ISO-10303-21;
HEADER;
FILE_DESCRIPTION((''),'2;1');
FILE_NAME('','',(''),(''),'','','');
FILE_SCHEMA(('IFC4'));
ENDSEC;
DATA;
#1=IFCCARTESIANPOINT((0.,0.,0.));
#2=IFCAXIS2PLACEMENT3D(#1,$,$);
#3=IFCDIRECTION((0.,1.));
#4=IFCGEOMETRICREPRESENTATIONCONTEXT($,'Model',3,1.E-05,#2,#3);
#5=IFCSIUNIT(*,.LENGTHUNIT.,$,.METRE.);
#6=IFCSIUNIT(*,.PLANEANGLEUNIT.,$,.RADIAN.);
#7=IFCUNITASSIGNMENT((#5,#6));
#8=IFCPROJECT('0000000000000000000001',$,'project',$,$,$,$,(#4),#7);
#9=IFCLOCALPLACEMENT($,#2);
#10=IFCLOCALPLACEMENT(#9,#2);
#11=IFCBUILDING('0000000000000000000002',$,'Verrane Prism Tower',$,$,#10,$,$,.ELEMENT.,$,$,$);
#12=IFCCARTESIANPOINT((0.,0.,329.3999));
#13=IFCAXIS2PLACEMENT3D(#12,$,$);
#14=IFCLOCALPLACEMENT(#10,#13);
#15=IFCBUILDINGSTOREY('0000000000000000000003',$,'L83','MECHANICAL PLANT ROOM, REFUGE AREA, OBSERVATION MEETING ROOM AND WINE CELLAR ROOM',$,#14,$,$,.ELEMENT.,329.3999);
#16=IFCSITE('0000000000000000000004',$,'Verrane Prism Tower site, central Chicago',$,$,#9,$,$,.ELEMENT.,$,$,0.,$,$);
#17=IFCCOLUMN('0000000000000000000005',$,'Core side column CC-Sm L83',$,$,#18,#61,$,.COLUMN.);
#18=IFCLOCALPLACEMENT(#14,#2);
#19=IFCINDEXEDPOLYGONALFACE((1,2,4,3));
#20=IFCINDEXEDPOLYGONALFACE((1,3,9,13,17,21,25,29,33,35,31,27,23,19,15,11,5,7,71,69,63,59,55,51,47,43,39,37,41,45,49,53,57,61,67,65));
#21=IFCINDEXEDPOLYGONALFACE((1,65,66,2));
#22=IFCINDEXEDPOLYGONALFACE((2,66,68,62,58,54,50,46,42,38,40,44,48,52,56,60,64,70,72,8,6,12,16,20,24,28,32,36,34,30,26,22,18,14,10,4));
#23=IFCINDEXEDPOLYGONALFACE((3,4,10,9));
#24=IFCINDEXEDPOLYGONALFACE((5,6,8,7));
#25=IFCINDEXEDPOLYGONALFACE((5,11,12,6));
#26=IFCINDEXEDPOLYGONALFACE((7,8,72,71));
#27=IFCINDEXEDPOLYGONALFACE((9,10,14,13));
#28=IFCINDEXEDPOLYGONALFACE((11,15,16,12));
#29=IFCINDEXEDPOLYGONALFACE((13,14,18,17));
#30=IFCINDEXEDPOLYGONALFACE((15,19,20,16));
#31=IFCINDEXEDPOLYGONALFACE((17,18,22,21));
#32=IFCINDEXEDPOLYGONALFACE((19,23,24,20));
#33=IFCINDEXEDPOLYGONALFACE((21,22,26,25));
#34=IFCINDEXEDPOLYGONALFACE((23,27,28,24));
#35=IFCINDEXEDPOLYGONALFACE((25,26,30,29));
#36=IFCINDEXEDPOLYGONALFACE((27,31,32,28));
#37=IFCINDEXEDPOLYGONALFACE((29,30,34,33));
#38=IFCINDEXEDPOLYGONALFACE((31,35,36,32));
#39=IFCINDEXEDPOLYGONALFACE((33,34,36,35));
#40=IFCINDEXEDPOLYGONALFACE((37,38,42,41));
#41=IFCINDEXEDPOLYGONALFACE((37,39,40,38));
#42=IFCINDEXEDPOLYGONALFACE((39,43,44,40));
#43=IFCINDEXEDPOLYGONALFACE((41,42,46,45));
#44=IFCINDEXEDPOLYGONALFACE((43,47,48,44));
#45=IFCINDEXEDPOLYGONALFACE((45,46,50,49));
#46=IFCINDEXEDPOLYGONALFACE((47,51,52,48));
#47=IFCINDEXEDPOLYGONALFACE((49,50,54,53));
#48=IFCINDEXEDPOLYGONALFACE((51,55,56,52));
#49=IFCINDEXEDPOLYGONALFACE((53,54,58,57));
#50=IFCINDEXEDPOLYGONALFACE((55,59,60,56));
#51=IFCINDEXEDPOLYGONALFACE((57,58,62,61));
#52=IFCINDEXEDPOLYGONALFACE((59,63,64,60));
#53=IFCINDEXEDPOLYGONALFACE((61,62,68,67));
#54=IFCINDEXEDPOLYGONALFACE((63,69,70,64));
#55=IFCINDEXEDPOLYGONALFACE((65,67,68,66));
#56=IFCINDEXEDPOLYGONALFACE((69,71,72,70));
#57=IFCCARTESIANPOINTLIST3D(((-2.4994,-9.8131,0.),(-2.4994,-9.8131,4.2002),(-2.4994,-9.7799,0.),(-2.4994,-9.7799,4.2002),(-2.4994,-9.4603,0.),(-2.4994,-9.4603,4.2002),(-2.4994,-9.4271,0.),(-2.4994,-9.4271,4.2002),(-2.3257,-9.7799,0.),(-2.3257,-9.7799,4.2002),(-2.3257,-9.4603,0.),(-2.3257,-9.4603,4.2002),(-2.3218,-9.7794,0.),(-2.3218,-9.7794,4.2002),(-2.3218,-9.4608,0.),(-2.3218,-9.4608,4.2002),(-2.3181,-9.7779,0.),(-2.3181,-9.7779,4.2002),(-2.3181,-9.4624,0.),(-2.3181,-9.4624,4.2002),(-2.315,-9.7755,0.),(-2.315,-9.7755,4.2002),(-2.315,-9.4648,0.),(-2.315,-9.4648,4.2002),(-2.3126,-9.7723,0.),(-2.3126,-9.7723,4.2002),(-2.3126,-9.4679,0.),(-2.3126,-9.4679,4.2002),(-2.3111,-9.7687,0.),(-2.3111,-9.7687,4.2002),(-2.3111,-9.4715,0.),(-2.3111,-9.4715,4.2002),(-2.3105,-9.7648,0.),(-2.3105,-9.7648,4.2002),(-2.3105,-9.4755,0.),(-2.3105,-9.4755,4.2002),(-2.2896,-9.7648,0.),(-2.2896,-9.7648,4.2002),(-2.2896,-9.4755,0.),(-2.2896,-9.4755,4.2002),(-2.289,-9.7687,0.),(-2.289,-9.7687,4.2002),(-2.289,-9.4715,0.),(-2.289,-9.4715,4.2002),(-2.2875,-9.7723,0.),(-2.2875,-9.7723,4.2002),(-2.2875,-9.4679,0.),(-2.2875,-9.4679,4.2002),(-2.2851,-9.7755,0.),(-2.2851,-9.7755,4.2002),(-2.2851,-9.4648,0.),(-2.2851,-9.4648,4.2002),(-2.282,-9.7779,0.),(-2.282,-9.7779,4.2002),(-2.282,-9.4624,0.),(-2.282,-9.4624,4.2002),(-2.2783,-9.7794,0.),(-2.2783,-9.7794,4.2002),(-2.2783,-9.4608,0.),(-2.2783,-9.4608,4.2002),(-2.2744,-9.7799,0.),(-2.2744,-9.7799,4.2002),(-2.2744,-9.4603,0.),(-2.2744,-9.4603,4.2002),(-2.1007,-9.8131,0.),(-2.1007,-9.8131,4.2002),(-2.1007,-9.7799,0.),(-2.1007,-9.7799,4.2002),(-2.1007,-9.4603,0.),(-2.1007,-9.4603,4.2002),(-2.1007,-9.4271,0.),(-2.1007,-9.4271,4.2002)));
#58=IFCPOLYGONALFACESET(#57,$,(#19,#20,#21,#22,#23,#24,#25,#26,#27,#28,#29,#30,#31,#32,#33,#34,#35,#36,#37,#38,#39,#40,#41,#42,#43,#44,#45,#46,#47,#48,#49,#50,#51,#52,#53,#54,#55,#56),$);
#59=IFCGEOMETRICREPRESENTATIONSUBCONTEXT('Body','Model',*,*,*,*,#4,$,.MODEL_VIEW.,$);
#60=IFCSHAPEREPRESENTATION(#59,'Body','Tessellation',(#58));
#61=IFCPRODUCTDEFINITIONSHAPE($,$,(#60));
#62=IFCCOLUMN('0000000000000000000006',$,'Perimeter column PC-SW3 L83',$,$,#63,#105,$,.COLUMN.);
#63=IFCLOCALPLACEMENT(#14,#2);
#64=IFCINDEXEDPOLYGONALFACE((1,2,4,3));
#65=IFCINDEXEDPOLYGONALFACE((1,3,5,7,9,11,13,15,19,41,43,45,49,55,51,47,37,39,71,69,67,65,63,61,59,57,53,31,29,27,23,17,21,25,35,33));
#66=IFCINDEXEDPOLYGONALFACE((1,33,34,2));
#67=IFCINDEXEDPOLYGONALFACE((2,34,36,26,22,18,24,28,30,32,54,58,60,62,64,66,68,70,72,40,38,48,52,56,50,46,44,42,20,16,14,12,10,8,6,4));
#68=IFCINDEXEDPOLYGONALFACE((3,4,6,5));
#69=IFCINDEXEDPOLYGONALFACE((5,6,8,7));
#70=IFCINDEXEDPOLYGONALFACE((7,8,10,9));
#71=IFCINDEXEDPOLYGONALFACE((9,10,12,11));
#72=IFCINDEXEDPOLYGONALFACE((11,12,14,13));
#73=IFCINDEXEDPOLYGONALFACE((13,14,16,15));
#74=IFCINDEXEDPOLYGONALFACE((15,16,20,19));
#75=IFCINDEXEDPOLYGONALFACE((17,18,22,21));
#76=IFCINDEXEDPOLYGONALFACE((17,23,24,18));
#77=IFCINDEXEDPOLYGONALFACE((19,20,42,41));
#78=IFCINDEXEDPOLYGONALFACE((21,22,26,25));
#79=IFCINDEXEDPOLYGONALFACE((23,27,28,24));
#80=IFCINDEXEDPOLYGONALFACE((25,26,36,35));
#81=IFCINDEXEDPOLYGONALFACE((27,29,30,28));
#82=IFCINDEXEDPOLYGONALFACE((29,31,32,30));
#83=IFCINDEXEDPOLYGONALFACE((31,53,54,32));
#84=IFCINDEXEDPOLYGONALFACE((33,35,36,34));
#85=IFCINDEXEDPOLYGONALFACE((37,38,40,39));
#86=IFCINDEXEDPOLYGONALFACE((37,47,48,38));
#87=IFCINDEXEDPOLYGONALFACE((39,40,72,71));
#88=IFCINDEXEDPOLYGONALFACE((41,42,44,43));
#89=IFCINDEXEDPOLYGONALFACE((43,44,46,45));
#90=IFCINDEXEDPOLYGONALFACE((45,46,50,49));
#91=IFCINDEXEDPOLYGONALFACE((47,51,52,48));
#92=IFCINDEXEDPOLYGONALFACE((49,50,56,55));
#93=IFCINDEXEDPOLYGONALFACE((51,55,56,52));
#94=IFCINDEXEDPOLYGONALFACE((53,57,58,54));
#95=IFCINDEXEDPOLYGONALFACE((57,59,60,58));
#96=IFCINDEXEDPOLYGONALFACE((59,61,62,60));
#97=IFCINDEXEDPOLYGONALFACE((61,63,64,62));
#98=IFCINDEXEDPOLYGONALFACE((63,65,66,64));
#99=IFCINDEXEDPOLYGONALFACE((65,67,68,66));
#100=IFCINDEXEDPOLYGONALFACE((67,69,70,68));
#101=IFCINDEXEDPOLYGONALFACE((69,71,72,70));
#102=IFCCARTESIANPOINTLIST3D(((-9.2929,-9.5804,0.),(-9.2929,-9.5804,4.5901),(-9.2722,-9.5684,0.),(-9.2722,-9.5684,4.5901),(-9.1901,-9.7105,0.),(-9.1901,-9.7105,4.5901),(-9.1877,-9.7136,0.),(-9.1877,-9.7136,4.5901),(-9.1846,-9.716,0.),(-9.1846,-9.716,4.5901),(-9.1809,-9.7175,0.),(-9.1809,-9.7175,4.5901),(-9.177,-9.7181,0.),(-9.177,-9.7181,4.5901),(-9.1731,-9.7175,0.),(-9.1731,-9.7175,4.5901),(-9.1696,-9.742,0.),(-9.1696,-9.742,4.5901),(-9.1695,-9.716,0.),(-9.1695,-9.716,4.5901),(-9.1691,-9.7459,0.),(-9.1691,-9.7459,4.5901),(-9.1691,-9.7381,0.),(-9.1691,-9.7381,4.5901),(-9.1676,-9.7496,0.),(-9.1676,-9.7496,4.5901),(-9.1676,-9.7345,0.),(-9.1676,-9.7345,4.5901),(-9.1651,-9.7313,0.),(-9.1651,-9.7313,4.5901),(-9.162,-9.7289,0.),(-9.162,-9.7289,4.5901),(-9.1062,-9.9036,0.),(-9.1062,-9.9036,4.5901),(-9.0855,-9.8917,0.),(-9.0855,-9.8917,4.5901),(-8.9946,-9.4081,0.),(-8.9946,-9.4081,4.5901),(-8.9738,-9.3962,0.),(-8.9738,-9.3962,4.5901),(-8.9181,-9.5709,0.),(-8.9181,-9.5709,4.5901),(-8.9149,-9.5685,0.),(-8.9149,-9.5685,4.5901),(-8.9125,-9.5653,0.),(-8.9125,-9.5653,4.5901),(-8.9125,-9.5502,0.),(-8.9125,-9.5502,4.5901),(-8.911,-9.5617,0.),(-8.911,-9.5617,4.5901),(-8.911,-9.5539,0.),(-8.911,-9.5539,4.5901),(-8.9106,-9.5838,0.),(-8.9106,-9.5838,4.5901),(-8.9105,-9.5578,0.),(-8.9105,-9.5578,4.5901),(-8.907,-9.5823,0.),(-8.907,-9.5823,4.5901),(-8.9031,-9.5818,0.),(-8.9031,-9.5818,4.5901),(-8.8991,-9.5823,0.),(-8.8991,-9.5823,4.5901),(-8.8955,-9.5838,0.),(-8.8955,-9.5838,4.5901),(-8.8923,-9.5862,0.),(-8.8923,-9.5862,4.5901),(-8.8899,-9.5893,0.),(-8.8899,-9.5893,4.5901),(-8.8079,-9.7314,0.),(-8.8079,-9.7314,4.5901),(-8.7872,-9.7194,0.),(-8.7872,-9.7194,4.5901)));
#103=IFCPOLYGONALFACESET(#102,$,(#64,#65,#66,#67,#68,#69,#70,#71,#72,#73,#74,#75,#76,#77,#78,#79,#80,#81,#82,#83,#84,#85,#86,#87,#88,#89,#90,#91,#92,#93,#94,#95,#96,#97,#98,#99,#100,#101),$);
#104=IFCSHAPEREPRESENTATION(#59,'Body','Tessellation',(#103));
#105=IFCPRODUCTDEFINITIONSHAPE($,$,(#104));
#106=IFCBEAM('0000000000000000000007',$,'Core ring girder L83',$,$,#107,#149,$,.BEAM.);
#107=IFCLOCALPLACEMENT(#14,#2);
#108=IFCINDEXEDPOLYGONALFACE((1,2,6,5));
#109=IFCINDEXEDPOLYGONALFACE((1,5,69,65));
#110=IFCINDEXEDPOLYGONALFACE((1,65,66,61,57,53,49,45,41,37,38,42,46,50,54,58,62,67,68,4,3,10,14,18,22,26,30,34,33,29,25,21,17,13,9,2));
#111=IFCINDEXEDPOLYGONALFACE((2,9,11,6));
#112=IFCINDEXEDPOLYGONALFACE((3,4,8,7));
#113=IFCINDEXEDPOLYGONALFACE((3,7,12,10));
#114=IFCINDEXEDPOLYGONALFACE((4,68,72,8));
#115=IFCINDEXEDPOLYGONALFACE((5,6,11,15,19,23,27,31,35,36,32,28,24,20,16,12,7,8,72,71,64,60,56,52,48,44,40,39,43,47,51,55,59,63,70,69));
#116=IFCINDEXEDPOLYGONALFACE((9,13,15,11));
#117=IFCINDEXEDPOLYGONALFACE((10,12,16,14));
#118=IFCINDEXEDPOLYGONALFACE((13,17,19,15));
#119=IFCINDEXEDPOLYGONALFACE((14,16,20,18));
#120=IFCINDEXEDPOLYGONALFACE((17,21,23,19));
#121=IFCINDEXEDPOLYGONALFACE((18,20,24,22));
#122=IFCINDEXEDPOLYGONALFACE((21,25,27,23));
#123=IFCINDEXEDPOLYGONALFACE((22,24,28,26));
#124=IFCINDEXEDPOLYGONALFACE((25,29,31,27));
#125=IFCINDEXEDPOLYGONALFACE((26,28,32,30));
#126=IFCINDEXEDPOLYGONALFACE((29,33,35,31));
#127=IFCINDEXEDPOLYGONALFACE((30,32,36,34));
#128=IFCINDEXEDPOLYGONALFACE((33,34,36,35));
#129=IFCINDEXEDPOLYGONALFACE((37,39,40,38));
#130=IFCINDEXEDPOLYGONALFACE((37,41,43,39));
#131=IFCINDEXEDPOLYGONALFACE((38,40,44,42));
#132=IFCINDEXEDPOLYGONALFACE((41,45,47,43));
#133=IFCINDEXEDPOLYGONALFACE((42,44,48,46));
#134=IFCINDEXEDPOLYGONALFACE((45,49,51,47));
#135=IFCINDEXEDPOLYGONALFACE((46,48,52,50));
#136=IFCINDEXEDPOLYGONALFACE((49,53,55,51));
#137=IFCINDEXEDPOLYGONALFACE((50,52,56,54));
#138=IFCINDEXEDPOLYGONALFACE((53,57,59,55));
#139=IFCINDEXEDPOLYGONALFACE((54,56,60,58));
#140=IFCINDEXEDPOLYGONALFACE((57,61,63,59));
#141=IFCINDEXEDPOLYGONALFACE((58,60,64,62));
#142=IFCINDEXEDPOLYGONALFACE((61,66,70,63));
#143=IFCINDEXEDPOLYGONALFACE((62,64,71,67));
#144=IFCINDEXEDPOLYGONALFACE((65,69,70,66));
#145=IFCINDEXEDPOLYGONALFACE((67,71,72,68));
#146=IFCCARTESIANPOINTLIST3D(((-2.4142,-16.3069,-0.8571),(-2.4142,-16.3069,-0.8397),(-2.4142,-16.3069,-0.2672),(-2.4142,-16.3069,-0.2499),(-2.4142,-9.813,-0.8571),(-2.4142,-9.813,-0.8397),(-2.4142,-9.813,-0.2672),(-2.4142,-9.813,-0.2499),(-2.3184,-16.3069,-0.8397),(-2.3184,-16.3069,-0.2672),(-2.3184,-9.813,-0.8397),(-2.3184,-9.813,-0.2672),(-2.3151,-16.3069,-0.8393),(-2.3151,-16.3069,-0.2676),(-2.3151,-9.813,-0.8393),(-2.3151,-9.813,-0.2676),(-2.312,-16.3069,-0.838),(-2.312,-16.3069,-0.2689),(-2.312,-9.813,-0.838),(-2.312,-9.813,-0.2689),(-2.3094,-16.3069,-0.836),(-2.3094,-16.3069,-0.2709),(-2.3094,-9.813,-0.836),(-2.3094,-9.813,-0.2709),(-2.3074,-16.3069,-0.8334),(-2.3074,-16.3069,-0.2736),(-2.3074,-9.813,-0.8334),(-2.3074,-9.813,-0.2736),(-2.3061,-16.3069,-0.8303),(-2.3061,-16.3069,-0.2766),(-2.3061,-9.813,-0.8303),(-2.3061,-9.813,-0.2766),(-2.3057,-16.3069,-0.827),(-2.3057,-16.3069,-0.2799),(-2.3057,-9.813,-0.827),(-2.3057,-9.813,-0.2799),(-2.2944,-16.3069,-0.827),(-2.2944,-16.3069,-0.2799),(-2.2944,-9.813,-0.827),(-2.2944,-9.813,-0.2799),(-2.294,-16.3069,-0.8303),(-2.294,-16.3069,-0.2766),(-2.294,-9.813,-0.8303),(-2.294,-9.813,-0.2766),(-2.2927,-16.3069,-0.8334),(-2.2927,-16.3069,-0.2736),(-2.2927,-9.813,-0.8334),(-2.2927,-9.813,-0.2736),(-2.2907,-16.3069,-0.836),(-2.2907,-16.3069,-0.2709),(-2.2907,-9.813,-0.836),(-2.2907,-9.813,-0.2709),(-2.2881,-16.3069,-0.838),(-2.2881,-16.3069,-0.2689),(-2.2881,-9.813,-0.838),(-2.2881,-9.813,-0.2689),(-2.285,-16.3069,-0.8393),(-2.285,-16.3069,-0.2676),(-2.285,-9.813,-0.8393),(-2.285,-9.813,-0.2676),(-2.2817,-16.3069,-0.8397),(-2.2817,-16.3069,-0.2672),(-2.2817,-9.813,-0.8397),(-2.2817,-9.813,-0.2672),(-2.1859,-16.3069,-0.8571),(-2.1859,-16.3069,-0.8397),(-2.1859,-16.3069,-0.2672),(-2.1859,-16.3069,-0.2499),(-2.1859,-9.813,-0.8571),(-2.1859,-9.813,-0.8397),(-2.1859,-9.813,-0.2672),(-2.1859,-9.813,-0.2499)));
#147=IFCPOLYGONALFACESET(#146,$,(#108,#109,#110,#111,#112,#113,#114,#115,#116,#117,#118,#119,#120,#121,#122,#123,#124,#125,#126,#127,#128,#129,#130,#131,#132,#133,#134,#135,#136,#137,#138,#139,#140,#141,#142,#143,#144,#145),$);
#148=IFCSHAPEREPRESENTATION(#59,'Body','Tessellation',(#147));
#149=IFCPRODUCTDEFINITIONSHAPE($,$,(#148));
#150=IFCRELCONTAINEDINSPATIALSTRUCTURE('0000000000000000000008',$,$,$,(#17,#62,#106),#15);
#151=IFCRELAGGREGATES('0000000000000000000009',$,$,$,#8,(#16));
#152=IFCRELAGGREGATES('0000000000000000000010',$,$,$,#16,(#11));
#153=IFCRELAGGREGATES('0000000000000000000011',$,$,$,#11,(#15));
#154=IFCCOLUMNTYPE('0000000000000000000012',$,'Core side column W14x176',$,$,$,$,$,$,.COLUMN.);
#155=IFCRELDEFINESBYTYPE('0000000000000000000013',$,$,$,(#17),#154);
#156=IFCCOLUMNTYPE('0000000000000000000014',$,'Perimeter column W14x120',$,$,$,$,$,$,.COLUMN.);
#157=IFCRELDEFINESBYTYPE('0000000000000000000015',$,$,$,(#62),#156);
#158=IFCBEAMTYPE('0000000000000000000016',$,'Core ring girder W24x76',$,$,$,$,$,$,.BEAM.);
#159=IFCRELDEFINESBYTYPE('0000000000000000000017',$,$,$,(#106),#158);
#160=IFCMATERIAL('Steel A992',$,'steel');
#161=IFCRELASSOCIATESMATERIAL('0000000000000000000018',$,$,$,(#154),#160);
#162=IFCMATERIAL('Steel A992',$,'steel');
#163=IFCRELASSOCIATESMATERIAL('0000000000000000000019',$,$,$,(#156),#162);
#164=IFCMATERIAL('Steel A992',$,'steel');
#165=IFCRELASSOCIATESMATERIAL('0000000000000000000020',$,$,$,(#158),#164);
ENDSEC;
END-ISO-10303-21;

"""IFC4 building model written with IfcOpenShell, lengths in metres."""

from ifc_helpers import new_model, si_unit, direction, frame, origin, origin_2d, place, context, subcontext, project, spatial, i_section, extrude, material, material_profile, profile_set, type_object, element, save


model = new_model("IFC4")

# Units and contexts
model_context = context("Model", 3, precision=1e-05, world=origin(), true_north=direction((0.0, 1.0)))
body_context = subcontext(model_context, "Body", "Model", "MODEL_VIEW")
ifc_project = project(units=[si_unit("LENGTHUNIT", "METRE"), si_unit("PLANEANGLEUNIT", "RADIAN")], contexts=[model_context])

# Site, building, storey
site_placement = place(None, origin())
site = spatial("IfcSite", under=ifc_project, at=site_placement, Name="Verrane Prism Tower site, central Chicago", CompositionType="ELEMENT", RefElevation=0.0)
building_placement = place(site_placement, origin())
building = spatial("IfcBuilding", under=site, at=building_placement, Name="Verrane Prism Tower", CompositionType="ELEMENT")
storey_placement = place(building_placement, frame((0.0, 0.0, 329.3999)))
storey = spatial("IfcBuildingStorey", under=building, at=storey_placement, Name="L83", Description="MECHANICAL PLANT ROOM, REFUGE AREA, OBSERVATION MEETING ROOM AND WINE CELLAR ROOM", CompositionType="ELEMENT", Elevation=329.3999)

# Columns
ifc_material_1 = material(Name="Steel A992", Category="steel")
ifc_material_profile_1 = material_profile(ifc_material_1, i_section(OverallWidth=0.3987, OverallDepth=0.386, WebThickness=0.021, FlangeThickness=0.0332, FilletRadius=0.0151, at=origin_2d()), Name="W14x176")
ifc_profile_set_1 = profile_set([ifc_material_profile_1], Name="Steel A992")
column_type_1 = type_object("IfcColumnType", Name="Core side column W14x176", PredefinedType="COLUMN", material=ifc_profile_set_1)
column_1_placement = place(storey_placement, frame((-2.3, -9.6201, 0.0), z_axis=(0.0, 0.0, 1.0), x_axis=(1.0, 0.0, 0.0)))
element("IfcColumn", 1, at=column_1_placement, inside=storey, type_object=column_type_1, Name="Core side column CC-Sm L83", PredefinedType="COLUMN", context=body_context, shape_type="SweptSolid", body=[
    extrude(i_section(OverallWidth=0.3987, OverallDepth=0.386, WebThickness=0.021, FlangeThickness=0.0332, FilletRadius=0.0151, at=origin_2d()), origin(), (0.0, 0.0, 1.0), 4.2002),
])
ifc_material_2 = material(Name="Steel A992", Category="steel")
ifc_material_profile_2 = material_profile(ifc_material_2, i_section(OverallWidth=0.3733, OverallDepth=0.3684, WebThickness=0.0149, FlangeThickness=0.0239, FilletRadius=0.0151, at=origin_2d()), Name="W14x120")
ifc_profile_set_2 = profile_set([ifc_material_profile_2], Name="Steel A992")
column_type_2 = type_object("IfcColumnType", Name="Perimeter column W14x120", PredefinedType="COLUMN", material=ifc_profile_set_2)
column_2_placement = place(storey_placement, frame((-9.04, -9.6499, 0.0), z_axis=(0.0, 0.0, 1.0), x_axis=(-0.5, 0.866025, 0.0)))
element("IfcColumn", 2, at=column_2_placement, inside=storey, type_object=column_type_2, Name="Perimeter column PC-SW3 L83", PredefinedType="COLUMN", context=body_context, shape_type="SweptSolid", body=[
    extrude(i_section(OverallWidth=0.3733, OverallDepth=0.3684, WebThickness=0.0149, FlangeThickness=0.0239, FilletRadius=0.0151, at=origin_2d()), origin(), (0.0, 0.0, 1.0), 4.5901),
])

# Beam
ifc_material_3 = material(Name="Steel A992", Category="steel")
ifc_material_profile_3 = material_profile(ifc_material_3, i_section(OverallWidth=0.2283, OverallDepth=0.6072, WebThickness=0.0112, FlangeThickness=0.0173, FilletRadius=0.0127, at=origin_2d()), Name="W24x76")
ifc_profile_set_3 = profile_set([ifc_material_profile_3], Name="Steel A992")
beam_type_1 = type_object("IfcBeamType", Name="Core ring girder W24x76", PredefinedType="BEAM", material=ifc_profile_set_3)
beam_1_placement = place(storey_placement, frame((-2.3, -9.813, -0.5535), z_axis=(0.0, -1.0, 0.0), x_axis=(1.0, 0.0, 0.0)))
element("IfcBeam", 3, at=beam_1_placement, inside=storey, type_object=beam_type_1, Name="Core ring girder L83", PredefinedType="BEAM", context=body_context, shape_type="SweptSolid", body=[
    extrude(i_section(OverallWidth=0.2283, OverallDepth=0.6072, WebThickness=0.0112, FlangeThickness=0.0173, FilletRadius=0.0127, at=origin_2d()), origin(), (0.0, 0.0, 1.0), 6.4939),
])

save(model, "model.ifc")
